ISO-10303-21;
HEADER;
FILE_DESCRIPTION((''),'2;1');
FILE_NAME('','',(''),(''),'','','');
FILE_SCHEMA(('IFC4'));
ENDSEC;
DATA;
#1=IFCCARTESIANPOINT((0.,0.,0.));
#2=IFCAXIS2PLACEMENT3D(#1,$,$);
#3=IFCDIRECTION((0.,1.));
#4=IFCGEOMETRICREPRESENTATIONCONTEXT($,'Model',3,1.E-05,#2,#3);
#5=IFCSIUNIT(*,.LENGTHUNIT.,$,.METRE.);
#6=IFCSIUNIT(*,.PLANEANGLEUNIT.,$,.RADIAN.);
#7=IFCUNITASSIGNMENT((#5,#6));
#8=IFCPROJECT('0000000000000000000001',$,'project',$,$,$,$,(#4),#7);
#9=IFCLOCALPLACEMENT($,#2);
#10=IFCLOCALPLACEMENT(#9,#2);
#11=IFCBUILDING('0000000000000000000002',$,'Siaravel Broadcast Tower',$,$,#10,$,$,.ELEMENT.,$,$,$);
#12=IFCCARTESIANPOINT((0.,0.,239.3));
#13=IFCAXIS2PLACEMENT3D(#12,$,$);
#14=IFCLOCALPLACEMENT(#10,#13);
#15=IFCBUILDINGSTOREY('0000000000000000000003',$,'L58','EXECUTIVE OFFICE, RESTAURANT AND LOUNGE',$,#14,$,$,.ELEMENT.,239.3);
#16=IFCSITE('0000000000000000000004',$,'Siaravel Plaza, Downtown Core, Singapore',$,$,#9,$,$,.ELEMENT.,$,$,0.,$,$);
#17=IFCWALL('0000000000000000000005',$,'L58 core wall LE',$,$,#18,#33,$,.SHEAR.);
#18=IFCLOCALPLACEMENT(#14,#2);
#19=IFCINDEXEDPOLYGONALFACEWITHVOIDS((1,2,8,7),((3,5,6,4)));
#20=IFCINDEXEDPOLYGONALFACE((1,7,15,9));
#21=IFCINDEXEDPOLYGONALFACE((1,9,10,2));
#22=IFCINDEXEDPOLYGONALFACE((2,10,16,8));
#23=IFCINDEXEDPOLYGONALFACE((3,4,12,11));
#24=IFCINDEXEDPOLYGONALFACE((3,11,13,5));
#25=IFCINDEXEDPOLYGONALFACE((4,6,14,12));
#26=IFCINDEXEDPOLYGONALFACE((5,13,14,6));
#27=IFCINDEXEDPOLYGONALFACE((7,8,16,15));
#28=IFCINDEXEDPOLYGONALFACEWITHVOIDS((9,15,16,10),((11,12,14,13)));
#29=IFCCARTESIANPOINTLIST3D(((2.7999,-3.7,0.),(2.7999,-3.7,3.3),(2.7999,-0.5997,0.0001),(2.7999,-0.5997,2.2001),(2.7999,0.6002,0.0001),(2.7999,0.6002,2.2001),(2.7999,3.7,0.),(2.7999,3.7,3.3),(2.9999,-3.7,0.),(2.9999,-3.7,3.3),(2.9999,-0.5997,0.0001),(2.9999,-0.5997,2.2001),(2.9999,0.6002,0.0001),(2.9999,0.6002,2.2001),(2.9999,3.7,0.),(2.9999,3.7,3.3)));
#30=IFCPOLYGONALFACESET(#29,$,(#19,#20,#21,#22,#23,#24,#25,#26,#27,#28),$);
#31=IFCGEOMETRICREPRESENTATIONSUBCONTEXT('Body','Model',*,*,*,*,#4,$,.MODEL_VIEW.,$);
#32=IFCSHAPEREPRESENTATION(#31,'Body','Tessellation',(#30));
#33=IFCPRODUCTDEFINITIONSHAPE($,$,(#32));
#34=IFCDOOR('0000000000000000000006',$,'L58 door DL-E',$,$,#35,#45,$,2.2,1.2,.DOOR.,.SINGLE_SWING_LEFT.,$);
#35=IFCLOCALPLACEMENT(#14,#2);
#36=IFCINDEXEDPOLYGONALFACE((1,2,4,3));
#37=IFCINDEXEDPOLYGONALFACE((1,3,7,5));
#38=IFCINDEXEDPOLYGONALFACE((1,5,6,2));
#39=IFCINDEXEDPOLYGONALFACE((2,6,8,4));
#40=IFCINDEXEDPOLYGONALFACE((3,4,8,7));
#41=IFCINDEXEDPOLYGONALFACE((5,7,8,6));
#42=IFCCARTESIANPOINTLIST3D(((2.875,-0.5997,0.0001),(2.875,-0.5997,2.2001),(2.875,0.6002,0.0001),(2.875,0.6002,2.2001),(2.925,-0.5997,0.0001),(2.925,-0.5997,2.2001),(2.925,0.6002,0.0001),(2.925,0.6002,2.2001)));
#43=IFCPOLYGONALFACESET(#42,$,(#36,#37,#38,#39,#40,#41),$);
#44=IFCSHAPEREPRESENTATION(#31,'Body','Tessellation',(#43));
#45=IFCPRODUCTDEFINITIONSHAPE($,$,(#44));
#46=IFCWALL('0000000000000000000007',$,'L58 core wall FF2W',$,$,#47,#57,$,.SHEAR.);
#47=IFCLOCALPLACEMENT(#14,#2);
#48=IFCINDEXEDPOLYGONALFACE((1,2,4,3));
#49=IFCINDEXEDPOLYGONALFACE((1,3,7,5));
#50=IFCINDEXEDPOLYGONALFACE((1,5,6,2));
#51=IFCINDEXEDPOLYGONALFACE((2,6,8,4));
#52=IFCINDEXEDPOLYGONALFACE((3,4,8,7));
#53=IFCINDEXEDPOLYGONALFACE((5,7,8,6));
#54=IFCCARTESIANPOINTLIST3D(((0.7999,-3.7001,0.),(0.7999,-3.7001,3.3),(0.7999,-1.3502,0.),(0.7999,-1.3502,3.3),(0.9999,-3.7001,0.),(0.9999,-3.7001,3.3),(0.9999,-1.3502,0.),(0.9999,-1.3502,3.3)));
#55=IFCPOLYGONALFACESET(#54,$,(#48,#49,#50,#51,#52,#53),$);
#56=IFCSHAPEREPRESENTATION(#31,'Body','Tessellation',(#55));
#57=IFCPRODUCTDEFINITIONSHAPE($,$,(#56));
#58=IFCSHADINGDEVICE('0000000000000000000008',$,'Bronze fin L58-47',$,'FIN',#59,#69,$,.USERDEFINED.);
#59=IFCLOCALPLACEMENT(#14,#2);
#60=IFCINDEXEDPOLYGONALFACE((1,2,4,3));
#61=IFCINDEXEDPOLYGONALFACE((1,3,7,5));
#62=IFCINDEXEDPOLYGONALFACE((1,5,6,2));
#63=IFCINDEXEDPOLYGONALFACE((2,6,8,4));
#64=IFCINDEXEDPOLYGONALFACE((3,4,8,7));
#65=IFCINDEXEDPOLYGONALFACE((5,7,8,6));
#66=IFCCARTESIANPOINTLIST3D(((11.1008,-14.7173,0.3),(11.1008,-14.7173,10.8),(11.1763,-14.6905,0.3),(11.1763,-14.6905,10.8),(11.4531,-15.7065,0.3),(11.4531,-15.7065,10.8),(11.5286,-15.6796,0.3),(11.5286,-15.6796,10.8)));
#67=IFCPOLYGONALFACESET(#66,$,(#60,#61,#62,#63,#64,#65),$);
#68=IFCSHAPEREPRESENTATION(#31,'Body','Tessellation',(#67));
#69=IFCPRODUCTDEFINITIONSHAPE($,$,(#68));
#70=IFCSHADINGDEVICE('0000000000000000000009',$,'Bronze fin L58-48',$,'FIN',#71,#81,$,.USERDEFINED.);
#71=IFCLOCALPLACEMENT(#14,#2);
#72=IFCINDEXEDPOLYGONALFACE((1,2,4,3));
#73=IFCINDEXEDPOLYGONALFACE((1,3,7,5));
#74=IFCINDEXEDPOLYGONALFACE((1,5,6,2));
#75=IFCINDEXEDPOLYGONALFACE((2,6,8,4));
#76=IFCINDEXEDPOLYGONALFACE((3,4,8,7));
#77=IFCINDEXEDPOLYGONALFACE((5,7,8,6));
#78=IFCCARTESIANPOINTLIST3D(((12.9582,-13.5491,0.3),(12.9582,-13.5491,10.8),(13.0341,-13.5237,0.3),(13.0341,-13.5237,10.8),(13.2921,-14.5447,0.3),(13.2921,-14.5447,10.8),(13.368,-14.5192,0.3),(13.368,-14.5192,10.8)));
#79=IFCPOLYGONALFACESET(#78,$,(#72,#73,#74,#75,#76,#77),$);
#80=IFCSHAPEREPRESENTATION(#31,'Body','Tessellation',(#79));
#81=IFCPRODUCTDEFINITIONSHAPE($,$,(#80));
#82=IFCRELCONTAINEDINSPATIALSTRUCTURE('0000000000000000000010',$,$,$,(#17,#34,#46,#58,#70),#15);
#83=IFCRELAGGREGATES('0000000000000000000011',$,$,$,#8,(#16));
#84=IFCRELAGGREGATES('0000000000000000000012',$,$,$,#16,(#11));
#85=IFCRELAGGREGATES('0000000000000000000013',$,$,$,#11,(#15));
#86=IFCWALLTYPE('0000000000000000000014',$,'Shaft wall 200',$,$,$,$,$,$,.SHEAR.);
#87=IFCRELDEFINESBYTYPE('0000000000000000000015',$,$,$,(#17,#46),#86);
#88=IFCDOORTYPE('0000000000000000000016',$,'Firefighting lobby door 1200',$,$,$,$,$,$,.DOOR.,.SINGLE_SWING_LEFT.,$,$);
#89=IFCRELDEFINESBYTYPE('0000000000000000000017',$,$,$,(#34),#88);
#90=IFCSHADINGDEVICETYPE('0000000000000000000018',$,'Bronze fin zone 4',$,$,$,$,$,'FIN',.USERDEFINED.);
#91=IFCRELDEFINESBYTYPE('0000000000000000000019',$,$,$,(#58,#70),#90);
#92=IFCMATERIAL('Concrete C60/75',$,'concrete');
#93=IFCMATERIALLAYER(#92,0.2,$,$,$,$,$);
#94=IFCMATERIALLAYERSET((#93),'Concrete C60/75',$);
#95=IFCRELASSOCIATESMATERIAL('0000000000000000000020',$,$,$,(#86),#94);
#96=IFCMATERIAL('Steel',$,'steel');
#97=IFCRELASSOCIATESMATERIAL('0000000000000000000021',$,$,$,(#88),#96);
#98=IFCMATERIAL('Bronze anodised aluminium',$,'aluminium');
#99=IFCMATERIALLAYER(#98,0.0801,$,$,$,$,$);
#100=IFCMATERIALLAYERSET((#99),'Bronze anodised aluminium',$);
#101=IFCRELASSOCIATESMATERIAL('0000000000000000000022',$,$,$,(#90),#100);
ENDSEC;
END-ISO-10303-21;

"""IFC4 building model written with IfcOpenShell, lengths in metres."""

from ifc_helpers import new_model, si_unit, direction, frame, frame_2d, origin, origin_2d, place, context, subcontext, project, spatial, rectangle, extrude, material, layer, layer_set, type_object, element, fill, save


model = new_model("IFC4")

# Units and contexts
model_context = context("Model", 3, precision=1e-05, world=origin(), true_north=direction((0.0, 1.0)))
body_context = subcontext(model_context, "Body", "Model", "MODEL_VIEW")
ifc_project = project(units=[si_unit("LENGTHUNIT", "METRE"), si_unit("PLANEANGLEUNIT", "RADIAN")], contexts=[model_context])

# Site, building, storey
site_placement = place(None, origin())
site = spatial("IfcSite", under=ifc_project, at=site_placement, Name="Siaravel Plaza, Downtown Core, Singapore", CompositionType="ELEMENT", RefElevation=0.0)
building_placement = place(site_placement, origin())
building = spatial("IfcBuilding", under=site, at=building_placement, Name="Siaravel Broadcast Tower", CompositionType="ELEMENT")
storey_placement = place(building_placement, frame((0.0, 0.0, 239.3)))
storey = spatial("IfcBuildingStorey", under=building, at=storey_placement, Name="L58", Description="EXECUTIVE OFFICE, RESTAURANT AND LOUNGE", CompositionType="ELEMENT", Elevation=239.3)

# Shared definitions
ifc_material_1 = material(Name="Concrete C60/75", Category="concrete")
ifc_material_2 = material(Name="Steel", Category="steel")

# Shared definitions
ifc_layer_1 = layer(ifc_material_1, 0.2)
ifc_layer_set_1 = layer_set([ifc_layer_1], Name="Concrete C60/75")
wall_type_1 = type_object("IfcWallType", Name="Shaft wall 200", PredefinedType="SHEAR", material=ifc_layer_set_1)

# Wall, opening, door
wall_1_placement = place(storey_placement, frame((2.8999, -3.7, 0.0), z_axis=(0.0, 0.0, 1.0), x_axis=(0.0, 1.0, 0.0)))
wall_1 = element("IfcWall", 1, at=wall_1_placement, inside=storey, type_object=wall_type_1, Name="L58 core wall LE", PredefinedType="SHEAR", context=body_context, shape_type="SweptSolid", body=[
    extrude(rectangle(XDim=7.3999, YDim=0.2, at=frame_2d((3.7, 0.0))), origin(), (0.0, 0.0, 1.0), 3.3),
])
opening_1_placement = place(wall_1_placement, frame((3.1001, 0.0, 0.0)))
opening_1 = element("IfcOpeningElement", 2, at=opening_1_placement, cuts=wall_1, PredefinedType="OPENING", context=body_context, shape_type="SweptSolid", body=[
    extrude(rectangle(XDim=1.2, YDim=2.2, at=frame_2d((0.6001, 1.1001))), frame((0.0, 0.1099, 0.0), z_axis=(0.0, -1.0, 0.0), x_axis=(1.0, 0.0, 0.0)), (0.0, 0.0, 1.0), 0.22),
])
door_type_1 = type_object("IfcDoorType", Name="Firefighting lobby door 1200", OperationType="SINGLE_SWING_LEFT", PredefinedType="DOOR", material=ifc_material_2)
door_1_placement = place(opening_1_placement, origin())
door_1 = element("IfcDoor", 3, at=door_1_placement, inside=storey, type_object=door_type_1, Name="L58 door DL-E", OperationType="SINGLE_SWING_LEFT", OverallHeight=2.2, OverallWidth=1.2, PredefinedType="DOOR", context=body_context, shape_type="SweptSolid", body=[
    extrude(rectangle(XDim=1.2, YDim=2.2, at=frame_2d((0.6001, 1.1001))), frame((0.0, 0.0249, 0.0), z_axis=(0.0, -1.0, 0.0), x_axis=(1.0, 0.0, 0.0)), (0.0, 0.0, 1.0), 0.05),
])
fill(opening_1, door_1)

# Wall
wall_2_placement = place(storey_placement, frame((0.8999, -3.7, 0.0), z_axis=(0.0, 0.0, 1.0), x_axis=(0.0, 1.0, 0.0)))
element("IfcWall", 4, at=wall_2_placement, inside=storey, type_object=wall_type_1, Name="L58 core wall FF2W", PredefinedType="SHEAR", context=body_context, shape_type="SweptSolid", body=[
    extrude(rectangle(XDim=2.3499, YDim=0.2, at=frame_2d((1.1748, 0.0))), origin(), (0.0, 0.0, 1.0), 3.3),
])

# Shading devices
ifc_material_3 = material(Name="Bronze anodised aluminium", Category="aluminium")
ifc_layer_2 = layer(ifc_material_3, 0.0801)
ifc_layer_set_2 = layer_set([ifc_layer_2], Name="Bronze anodised aluminium")
shading_device_type = type_object("IfcShadingDeviceType", Name="Bronze fin zone 4", ElementType="FIN", PredefinedType="USERDEFINED", material=ifc_layer_set_2)
for number, where, z_axis, x_axis, name in (
    (5, (11.3147, -15.1985, 0.3), (0.0, 0.0, 1.0), (0.335499, -0.94204, 0.0), "Bronze fin L58-47"),
    (6, (13.1631, -14.0342, 0.3), (0.0, 0.0, 1.0), (0.317978, -0.948098, 0.0), "Bronze fin L58-48"),
):
    element("IfcShadingDevice", number, at=place(storey_placement, frame(where, z_axis=z_axis, x_axis=x_axis)), inside=storey, type_object=shading_device_type, Name=name, ObjectType="FIN", PredefinedType="USERDEFINED", context=body_context, shape_type="SweptSolid", body=[
        extrude(rectangle(XDim=1.05, YDim=0.0801, at=origin_2d()), origin(), (0.0, 0.0, 1.0), 10.5),
    ])

save(model, "model.ifc")
